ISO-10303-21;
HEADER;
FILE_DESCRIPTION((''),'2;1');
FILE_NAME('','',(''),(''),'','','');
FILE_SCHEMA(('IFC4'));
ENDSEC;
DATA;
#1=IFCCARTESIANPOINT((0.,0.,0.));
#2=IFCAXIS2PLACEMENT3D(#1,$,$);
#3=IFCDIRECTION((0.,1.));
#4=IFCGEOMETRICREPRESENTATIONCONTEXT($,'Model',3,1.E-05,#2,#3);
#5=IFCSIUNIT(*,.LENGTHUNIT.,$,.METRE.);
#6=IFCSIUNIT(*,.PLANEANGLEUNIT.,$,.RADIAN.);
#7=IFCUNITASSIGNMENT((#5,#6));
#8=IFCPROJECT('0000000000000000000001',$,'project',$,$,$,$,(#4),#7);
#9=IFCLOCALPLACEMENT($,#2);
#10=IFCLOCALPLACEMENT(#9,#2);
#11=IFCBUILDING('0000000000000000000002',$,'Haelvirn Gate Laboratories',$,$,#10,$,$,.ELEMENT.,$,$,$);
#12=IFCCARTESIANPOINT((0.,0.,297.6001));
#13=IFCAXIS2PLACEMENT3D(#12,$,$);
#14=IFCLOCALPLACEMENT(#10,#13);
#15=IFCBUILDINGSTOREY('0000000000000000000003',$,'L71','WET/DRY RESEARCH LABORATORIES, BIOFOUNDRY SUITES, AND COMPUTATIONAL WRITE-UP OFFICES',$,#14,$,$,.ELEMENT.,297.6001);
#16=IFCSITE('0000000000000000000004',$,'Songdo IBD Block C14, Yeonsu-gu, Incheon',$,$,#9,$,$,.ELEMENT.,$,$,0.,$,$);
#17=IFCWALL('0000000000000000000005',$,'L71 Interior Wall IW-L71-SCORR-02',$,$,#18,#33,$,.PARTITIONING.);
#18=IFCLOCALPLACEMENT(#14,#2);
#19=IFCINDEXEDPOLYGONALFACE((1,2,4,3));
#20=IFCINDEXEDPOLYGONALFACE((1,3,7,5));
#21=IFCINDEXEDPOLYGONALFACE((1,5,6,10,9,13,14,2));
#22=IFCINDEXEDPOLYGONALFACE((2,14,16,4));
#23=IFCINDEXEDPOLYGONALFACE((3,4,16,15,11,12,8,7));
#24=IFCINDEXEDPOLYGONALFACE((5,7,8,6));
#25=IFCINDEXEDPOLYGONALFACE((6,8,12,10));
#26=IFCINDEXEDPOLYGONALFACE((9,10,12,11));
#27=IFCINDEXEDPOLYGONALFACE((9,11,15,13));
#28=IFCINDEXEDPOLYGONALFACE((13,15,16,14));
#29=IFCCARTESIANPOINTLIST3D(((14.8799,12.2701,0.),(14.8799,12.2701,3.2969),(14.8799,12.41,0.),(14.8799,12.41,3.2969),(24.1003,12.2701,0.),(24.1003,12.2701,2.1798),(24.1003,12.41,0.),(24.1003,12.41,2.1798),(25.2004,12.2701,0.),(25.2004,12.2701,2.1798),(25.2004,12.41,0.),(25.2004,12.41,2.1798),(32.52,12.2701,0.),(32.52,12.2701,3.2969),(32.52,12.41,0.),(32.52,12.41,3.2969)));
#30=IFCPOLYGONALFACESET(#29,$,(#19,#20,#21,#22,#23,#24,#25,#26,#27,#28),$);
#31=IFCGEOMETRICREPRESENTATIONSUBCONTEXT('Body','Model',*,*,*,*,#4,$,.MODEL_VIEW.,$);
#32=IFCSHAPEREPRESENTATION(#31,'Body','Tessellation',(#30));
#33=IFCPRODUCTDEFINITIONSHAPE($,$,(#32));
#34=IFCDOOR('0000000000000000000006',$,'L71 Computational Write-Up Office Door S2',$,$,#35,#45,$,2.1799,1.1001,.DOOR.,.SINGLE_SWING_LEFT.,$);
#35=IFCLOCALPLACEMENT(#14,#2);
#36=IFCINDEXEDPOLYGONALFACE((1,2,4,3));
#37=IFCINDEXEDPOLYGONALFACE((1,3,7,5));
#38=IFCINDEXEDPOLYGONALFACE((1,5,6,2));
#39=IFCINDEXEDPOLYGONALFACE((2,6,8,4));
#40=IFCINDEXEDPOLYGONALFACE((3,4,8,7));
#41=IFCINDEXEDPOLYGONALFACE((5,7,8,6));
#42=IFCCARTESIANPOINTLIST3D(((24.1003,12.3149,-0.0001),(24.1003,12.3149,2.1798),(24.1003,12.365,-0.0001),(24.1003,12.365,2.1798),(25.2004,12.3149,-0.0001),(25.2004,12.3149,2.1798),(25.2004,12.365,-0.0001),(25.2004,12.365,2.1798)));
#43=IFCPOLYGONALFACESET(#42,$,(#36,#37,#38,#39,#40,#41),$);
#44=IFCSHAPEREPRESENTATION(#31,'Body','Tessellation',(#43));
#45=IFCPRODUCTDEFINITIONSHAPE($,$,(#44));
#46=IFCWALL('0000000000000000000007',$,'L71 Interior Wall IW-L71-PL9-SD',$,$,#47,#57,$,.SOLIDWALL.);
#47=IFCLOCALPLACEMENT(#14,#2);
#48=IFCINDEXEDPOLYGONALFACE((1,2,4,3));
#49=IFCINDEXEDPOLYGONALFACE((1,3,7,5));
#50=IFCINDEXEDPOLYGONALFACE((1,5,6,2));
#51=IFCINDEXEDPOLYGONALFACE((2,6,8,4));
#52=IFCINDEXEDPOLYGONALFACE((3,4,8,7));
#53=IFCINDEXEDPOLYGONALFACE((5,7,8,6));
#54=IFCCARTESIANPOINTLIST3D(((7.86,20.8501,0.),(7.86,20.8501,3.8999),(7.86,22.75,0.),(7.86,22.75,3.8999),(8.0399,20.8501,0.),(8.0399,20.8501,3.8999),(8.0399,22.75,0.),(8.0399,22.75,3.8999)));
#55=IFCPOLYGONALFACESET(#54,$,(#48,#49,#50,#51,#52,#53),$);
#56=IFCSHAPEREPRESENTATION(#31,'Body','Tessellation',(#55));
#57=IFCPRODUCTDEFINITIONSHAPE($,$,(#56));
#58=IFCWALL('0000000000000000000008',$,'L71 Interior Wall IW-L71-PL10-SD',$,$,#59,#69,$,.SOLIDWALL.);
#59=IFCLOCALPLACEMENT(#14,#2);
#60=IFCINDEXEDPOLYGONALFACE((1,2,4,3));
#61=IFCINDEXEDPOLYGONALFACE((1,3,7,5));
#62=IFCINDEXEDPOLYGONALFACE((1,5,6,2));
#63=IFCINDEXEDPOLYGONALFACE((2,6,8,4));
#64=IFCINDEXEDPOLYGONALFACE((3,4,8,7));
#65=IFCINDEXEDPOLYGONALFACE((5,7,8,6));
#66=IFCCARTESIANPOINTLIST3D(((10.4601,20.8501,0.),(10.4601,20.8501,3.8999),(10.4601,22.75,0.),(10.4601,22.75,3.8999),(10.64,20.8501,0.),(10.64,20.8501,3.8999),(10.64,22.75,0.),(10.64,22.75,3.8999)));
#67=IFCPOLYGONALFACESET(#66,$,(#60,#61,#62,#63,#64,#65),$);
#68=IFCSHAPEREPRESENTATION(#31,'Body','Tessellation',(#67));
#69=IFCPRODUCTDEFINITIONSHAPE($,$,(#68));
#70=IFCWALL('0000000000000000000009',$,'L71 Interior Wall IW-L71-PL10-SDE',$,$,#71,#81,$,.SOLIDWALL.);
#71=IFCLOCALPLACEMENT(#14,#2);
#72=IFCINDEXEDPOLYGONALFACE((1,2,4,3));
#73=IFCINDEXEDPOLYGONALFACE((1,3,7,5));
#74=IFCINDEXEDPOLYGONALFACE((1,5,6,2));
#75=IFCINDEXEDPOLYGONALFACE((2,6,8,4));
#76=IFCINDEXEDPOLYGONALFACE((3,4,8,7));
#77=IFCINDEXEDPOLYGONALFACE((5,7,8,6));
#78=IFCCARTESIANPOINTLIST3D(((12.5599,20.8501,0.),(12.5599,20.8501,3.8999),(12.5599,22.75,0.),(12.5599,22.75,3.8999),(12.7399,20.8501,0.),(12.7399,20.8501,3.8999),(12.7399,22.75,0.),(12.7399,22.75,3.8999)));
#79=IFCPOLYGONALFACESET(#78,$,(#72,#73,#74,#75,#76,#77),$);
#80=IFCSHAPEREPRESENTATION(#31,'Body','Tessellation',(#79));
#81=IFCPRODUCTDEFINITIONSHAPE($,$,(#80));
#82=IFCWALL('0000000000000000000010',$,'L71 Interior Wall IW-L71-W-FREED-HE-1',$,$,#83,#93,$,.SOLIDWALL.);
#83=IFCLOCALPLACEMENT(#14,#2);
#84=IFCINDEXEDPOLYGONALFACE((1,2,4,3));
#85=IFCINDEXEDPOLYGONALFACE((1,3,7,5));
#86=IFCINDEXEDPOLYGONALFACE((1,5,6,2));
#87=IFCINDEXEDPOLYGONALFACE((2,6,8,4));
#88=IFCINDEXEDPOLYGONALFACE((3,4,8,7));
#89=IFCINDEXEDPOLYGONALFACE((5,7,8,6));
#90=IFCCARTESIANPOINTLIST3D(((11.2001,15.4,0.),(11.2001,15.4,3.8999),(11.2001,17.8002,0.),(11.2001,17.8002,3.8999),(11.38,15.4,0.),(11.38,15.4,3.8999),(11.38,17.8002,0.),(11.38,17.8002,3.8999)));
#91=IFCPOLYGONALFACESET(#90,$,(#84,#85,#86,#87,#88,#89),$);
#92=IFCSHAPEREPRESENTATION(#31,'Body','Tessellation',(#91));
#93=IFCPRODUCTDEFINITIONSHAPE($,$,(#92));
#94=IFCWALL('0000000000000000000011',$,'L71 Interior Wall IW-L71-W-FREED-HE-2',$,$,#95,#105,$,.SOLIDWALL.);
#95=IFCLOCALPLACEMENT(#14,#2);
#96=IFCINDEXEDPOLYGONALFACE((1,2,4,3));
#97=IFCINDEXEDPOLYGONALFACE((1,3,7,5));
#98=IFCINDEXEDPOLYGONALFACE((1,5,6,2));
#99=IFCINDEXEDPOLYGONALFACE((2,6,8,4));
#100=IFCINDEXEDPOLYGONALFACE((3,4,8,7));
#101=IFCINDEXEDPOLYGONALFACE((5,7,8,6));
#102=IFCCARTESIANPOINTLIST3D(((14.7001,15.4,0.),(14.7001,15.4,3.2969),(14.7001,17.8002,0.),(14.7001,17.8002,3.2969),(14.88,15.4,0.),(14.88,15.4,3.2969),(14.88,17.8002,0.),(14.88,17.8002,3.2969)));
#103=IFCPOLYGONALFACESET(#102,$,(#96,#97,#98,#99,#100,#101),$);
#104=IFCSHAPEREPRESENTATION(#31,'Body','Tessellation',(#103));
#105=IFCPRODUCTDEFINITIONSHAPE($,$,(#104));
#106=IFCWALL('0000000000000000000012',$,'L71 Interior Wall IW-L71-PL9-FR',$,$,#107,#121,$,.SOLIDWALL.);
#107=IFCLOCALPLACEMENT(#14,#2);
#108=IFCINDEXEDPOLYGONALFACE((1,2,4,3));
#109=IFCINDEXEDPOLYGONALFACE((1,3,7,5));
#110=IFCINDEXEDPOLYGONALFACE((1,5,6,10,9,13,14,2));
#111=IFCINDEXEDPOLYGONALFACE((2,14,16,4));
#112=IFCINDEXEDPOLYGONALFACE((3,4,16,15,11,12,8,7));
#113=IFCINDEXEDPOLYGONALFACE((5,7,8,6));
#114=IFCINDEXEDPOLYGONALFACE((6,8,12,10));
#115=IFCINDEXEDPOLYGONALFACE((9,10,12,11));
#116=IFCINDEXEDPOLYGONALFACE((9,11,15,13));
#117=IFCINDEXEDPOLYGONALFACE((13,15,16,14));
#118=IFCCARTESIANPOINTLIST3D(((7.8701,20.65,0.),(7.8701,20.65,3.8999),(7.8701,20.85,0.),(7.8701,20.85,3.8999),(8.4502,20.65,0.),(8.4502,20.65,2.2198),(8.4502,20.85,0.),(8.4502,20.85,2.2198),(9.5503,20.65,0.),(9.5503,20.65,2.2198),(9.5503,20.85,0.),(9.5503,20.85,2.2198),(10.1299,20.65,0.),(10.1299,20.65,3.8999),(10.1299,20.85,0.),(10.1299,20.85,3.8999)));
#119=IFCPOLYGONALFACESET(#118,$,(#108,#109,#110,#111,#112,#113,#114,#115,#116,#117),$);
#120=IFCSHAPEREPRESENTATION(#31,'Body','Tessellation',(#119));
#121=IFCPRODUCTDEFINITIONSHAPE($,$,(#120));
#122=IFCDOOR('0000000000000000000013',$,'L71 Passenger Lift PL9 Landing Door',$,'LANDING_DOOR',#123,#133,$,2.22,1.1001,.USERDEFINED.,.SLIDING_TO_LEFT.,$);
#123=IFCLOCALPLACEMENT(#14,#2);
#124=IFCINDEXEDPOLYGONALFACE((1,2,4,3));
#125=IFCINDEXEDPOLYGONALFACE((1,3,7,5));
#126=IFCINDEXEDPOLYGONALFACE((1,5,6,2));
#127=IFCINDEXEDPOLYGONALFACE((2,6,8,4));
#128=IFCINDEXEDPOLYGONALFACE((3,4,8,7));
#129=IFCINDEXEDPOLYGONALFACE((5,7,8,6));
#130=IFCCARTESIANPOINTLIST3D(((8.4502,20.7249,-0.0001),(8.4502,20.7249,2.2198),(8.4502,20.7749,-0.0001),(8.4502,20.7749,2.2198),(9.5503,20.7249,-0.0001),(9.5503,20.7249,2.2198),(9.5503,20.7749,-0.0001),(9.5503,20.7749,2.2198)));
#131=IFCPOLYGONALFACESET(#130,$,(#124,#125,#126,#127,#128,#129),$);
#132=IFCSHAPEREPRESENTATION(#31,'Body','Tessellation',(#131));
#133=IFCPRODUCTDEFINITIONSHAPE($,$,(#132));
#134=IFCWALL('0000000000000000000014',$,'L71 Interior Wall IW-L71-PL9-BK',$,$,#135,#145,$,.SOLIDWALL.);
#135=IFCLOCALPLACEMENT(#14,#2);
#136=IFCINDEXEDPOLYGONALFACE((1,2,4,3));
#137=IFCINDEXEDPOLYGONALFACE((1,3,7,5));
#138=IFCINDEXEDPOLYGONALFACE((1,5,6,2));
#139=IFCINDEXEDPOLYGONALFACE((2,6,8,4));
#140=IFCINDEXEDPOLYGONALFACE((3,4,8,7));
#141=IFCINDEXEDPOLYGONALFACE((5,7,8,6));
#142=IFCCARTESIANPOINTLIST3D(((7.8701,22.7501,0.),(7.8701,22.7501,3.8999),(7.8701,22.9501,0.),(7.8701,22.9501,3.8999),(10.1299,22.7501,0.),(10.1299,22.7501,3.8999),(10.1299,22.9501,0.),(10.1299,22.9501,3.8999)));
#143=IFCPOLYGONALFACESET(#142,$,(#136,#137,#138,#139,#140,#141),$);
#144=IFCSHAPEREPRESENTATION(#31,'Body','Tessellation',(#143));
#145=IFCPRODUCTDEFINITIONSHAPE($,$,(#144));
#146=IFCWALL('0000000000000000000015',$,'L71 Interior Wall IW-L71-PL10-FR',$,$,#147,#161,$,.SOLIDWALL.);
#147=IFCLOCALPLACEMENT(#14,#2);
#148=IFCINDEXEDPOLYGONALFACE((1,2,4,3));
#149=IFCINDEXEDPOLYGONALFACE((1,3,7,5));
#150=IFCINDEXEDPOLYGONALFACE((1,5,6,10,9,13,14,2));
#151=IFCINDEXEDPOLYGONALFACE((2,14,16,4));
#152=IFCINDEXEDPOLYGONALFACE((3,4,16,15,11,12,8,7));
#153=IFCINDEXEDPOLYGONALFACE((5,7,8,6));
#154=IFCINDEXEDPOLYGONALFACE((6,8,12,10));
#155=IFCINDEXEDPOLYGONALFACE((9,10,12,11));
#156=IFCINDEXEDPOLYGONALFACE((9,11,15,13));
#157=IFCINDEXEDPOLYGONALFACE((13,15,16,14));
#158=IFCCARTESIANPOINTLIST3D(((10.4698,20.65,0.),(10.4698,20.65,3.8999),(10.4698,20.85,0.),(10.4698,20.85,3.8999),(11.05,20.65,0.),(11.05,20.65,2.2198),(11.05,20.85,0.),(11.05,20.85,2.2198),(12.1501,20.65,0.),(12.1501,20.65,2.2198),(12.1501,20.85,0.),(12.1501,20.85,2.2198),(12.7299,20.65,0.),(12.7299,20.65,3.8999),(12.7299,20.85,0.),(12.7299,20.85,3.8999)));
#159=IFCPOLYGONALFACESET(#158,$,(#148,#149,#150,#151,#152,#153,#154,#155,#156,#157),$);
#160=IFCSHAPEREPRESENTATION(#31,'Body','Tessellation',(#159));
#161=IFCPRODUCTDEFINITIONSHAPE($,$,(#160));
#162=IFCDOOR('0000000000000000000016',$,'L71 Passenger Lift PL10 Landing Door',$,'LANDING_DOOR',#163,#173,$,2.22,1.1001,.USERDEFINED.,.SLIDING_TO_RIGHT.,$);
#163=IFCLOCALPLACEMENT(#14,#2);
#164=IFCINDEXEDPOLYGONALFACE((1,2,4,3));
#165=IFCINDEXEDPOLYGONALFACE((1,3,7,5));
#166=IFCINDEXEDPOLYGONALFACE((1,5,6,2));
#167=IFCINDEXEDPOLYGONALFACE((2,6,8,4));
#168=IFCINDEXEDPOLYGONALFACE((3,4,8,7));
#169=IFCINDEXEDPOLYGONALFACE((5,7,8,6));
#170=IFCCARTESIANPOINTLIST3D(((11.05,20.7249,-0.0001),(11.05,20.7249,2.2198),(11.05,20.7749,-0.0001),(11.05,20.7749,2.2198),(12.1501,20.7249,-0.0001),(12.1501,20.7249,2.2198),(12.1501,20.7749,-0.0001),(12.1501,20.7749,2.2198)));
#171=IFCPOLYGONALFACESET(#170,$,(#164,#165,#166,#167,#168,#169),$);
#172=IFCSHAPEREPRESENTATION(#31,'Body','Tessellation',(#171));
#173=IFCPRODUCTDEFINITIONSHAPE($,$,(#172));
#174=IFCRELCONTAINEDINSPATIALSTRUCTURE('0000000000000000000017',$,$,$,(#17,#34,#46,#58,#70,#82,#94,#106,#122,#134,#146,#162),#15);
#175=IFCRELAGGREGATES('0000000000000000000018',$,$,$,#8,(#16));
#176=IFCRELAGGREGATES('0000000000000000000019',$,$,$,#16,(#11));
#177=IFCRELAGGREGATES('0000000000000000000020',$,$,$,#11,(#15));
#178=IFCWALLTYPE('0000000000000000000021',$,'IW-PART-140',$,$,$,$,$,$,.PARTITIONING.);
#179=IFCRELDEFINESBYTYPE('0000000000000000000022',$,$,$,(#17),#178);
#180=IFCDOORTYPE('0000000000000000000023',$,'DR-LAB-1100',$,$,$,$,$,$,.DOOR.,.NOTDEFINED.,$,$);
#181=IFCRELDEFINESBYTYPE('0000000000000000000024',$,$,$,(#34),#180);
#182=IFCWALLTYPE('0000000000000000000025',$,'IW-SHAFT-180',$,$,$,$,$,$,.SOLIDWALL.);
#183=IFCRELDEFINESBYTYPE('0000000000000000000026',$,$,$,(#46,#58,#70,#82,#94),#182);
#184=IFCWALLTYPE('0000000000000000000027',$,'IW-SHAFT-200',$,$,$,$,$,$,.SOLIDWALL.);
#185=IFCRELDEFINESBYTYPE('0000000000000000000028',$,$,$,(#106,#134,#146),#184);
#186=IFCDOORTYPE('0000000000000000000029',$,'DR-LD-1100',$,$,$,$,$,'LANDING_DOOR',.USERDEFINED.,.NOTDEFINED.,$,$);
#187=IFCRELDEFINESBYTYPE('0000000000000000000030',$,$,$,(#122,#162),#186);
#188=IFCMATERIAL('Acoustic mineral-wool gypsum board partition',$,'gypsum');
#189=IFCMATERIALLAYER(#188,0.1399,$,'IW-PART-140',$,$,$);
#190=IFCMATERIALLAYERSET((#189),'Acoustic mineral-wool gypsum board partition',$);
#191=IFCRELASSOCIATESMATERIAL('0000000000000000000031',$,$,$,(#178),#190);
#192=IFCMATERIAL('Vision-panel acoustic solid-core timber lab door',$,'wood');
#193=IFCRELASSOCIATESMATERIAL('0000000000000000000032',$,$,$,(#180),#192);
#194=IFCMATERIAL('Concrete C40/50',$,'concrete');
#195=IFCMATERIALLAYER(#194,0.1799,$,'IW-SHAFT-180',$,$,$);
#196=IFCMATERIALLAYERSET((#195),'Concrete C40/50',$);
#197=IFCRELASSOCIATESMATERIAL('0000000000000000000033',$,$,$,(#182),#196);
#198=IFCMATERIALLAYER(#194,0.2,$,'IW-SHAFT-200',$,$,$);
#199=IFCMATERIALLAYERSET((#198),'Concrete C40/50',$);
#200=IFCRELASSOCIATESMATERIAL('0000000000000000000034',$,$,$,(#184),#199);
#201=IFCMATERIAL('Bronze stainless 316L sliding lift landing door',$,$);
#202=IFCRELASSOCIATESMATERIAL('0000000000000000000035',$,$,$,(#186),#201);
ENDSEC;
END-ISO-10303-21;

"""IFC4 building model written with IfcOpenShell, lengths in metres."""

from ifc_helpers import new_model, si_unit, direction, frame, frame_2d, origin, place, context, subcontext, project, spatial, rectangle, extrude, source, transform, mapped, material, layer, layer_set, type_object, type_shapes, element, fill, save


model = new_model("IFC4")

# Units and contexts
model_context = context("Model", 3, precision=1e-05, world=origin(), true_north=direction((0.0, 1.0)))
body_context = subcontext(model_context, "Body", "Model", "MODEL_VIEW")
ifc_project = project(units=[si_unit("LENGTHUNIT", "METRE"), si_unit("PLANEANGLEUNIT", "RADIAN")], contexts=[model_context])

# Site, building, storey
site_placement = place(None, origin())
site = spatial("IfcSite", under=ifc_project, at=site_placement, Name="Songdo IBD Block C14, Yeonsu-gu, Incheon", CompositionType="ELEMENT", RefElevation=0.0)
building_placement = place(site_placement, origin())
building = spatial("IfcBuilding", under=site, at=building_placement, Name="Haelvirn Gate Laboratories", CompositionType="ELEMENT")
storey_placement = place(building_placement, frame((0.0, 0.0, 297.6001)))
storey = spatial("IfcBuildingStorey", under=building, at=storey_placement, Name="L71", Description="WET/DRY RESEARCH LABORATORIES, BIOFOUNDRY SUITES, AND COMPUTATIONAL WRITE-UP OFFICES", CompositionType="ELEMENT", Elevation=297.6001)

# Wall, opening, door
ifc_material_1 = material(Name="Acoustic mineral-wool gypsum board partition", Category="gypsum")
ifc_layer_1 = layer(ifc_material_1, 0.1399, Name="IW-PART-140")
ifc_layer_set_1 = layer_set([ifc_layer_1], Name="Acoustic mineral-wool gypsum board partition")
wall_type_1 = type_object("IfcWallType", Name="IW-PART-140", PredefinedType="PARTITIONING", material=ifc_layer_set_1)
ifc_material_2 = material(Name="Vision-panel acoustic solid-core timber lab door", Category="wood")
door_type_1 = type_object("IfcDoorType", Name="DR-LAB-1100", OperationType="NOTDEFINED", PredefinedType="DOOR", material=ifc_material_2)
shared_shape_1 = source(origin(), body_context, "Body", "SweptSolid", [
    extrude(rectangle(XDim=1.1001, YDim=2.1799, at=frame_2d((0.55, 1.0898))), frame((0.0, 0.0249, 0.0), z_axis=(0.0, -1.0, 0.0), x_axis=(1.0, 0.0, 0.0)), (0.0, 0.0, 1.0), 0.05),
])
type_shapes(door_type_1, [shared_shape_1])
wall_1_placement = place(storey_placement, frame((14.8799, 12.3401, 0.0), z_axis=(0.0, 0.0, 1.0), x_axis=(1.0, 0.0, 0.0)))
wall_1 = element("IfcWall", 1, at=wall_1_placement, inside=storey, type_object=wall_type_1, Name="L71 Interior Wall IW-L71-SCORR-02", PredefinedType="PARTITIONING", context=body_context, shape_type="SweptSolid", body=[
    extrude(rectangle(XDim=17.6401, YDim=0.1399, at=frame_2d((8.8201, 0.0))), origin(), (0.0, 0.0, 1.0), 3.2969),
])
opening_1_placement = place(wall_1_placement, frame((9.2205, 0.0, 0.0)))
opening_1 = element("IfcOpeningElement", 2, at=opening_1_placement, cuts=wall_1, PredefinedType="OPENING", context=body_context, shape_type="SweptSolid", body=[
    extrude(rectangle(XDim=1.1001, YDim=2.1799, at=frame_2d((0.55, 1.0898))), frame((0.0, 0.0801, 0.0), z_axis=(0.0, -1.0, 0.0), x_axis=(1.0, 0.0, 0.0)), (0.0, 0.0, 1.0), 0.1599),
])
door_1_placement = place(opening_1_placement, origin())
door_1 = element("IfcDoor", 3, at=door_1_placement, inside=storey, type_object=door_type_1, Name="L71 Computational Write-Up Office Door S2", OperationType="SINGLE_SWING_LEFT", OverallHeight=2.1799, OverallWidth=1.1001, PredefinedType="DOOR", context=body_context, shape_type="MappedRepresentation", body=[
    mapped(shared_shape_1, transform((0.0, 0.0, 0.0), scale=1.0)),
])
fill(opening_1, door_1)

# Walls
ifc_material_3 = material(Name="Concrete C40/50", Category="concrete")
ifc_layer_2 = layer(ifc_material_3, 0.1799, Name="IW-SHAFT-180")
ifc_layer_set_2 = layer_set([ifc_layer_2], Name="Concrete C40/50")
wall_type_2 = type_object("IfcWallType", Name="IW-SHAFT-180", PredefinedType="SOLIDWALL", material=ifc_layer_set_2)
for number, where, z_axis, x_axis, name in (
    (4, (7.95, 20.8501, 0.0), (0.0, 0.0, 1.0), (0.0, 1.0, 0.0), "L71 Interior Wall IW-L71-PL9-SD"),
    (5, (10.55, 20.8501, 0.0), (0.0, 0.0, 1.0), (0.0, 1.0, 0.0), "L71 Interior Wall IW-L71-PL10-SD"),
    (6, (12.6499, 20.8501, 0.0), (0.0, 0.0, 1.0), (0.0, 1.0, 0.0), "L71 Interior Wall IW-L71-PL10-SDE"),
):
    element("IfcWall", number, at=place(storey_placement, frame(where, z_axis=z_axis, x_axis=x_axis)), inside=storey, type_object=wall_type_2, Name=name, PredefinedType="SOLIDWALL", context=body_context, shape_type="SweptSolid", body=[
        extrude(rectangle(XDim=1.8999, YDim=0.1799, at=frame_2d((0.95, 0.0))), origin(), (0.0, 0.0, 1.0), 3.8999),
    ])

# Wall
wall_2_placement = place(storey_placement, frame((11.29, 15.3999, 0.0), z_axis=(0.0, 0.0, 1.0), x_axis=(0.0, 1.0, 0.0)))
element("IfcWall", 7, at=wall_2_placement, inside=storey, type_object=wall_type_2, Name="L71 Interior Wall IW-L71-W-FREED-HE-1", PredefinedType="SOLIDWALL", context=body_context, shape_type="SweptSolid", body=[
    extrude(rectangle(XDim=2.4001, YDim=0.1799, at=frame_2d((1.2002, 0.0))), origin(), (0.0, 0.0, 1.0), 3.8999),
])

# Wall
wall_3_placement = place(storey_placement, frame((14.79, 15.3999, 0.0), z_axis=(0.0, 0.0, 1.0), x_axis=(0.0, 1.0, 0.0)))
element("IfcWall", 8, at=wall_3_placement, inside=storey, type_object=wall_type_2, Name="L71 Interior Wall IW-L71-W-FREED-HE-2", PredefinedType="SOLIDWALL", context=body_context, shape_type="SweptSolid", body=[
    extrude(rectangle(XDim=2.4001, YDim=0.1799, at=frame_2d((1.2002, 0.0))), origin(), (0.0, 0.0, 1.0), 3.2969),
])

# Wall, opening, door
ifc_layer_3 = layer(ifc_material_3, 0.2, Name="IW-SHAFT-200")
ifc_layer_set_3 = layer_set([ifc_layer_3], Name="Concrete C40/50")
wall_type_3 = type_object("IfcWallType", Name="IW-SHAFT-200", PredefinedType="SOLIDWALL", material=ifc_layer_set_3)
wall_4_placement = place(storey_placement, frame((7.8701, 20.75, 0.0), z_axis=(0.0, 0.0, 1.0), x_axis=(1.0, 0.0, 0.0)))
wall_4 = element("IfcWall", 9, at=wall_4_placement, inside=storey, type_object=wall_type_3, Name="L71 Interior Wall IW-L71-PL9-FR", PredefinedType="SOLIDWALL", context=body_context, shape_type="SweptSolid", body=[
    extrude(rectangle(XDim=2.2598, YDim=0.2, at=frame_2d((1.1299, 0.0))), origin(), (0.0, 0.0, 1.0), 3.8999),
])
opening_2_placement = place(wall_4_placement, frame((0.5801, 0.0, 0.0)))
opening_2 = element("IfcOpeningElement", 10, at=opening_2_placement, cuts=wall_4, PredefinedType="OPENING", context=body_context, shape_type="SweptSolid", body=[
    extrude(rectangle(XDim=1.1001, YDim=2.22, at=frame_2d((0.55, 1.1099))), frame((0.0, 0.1099, 0.0), z_axis=(0.0, -1.0, 0.0), x_axis=(1.0, 0.0, 0.0)), (0.0, 0.0, 1.0), 0.22),
])
ifc_material_4 = material(Name="Bronze stainless 316L sliding lift landing door")
door_type_2 = type_object("IfcDoorType", Name="DR-LD-1100", ElementType="LANDING_DOOR", OperationType="NOTDEFINED", PredefinedType="USERDEFINED", material=ifc_material_4)
shared_shape_2 = source(origin(), body_context, "Body", "SweptSolid", [
    extrude(rectangle(XDim=1.1001, YDim=2.22, at=frame_2d((0.55, 1.1099))), frame((0.0, 0.0249, 0.0), z_axis=(0.0, -1.0, 0.0), x_axis=(1.0, 0.0, 0.0)), (0.0, 0.0, 1.0), 0.05),
])
type_shapes(door_type_2, [shared_shape_2])
door_2_placement = place(opening_2_placement, origin())
door_2 = element("IfcDoor", 11, at=door_2_placement, inside=storey, type_object=door_type_2, Name="L71 Passenger Lift PL9 Landing Door", ObjectType="LANDING_DOOR", OperationType="SLIDING_TO_LEFT", OverallHeight=2.22, OverallWidth=1.1001, PredefinedType="USERDEFINED", context=body_context, shape_type="MappedRepresentation", body=[
    mapped(shared_shape_2, transform((0.0, 0.0, 0.0), scale=1.0)),
])
fill(opening_2, door_2)

# Wall
wall_5_placement = place(storey_placement, frame((7.8701, 22.8501, 0.0), z_axis=(0.0, 0.0, 1.0), x_axis=(1.0, 0.0, 0.0)))
element("IfcWall", 12, at=wall_5_placement, inside=storey, type_object=wall_type_3, Name="L71 Interior Wall IW-L71-PL9-BK", PredefinedType="SOLIDWALL", context=body_context, shape_type="SweptSolid", body=[
    extrude(rectangle(XDim=2.2598, YDim=0.2, at=frame_2d((1.1299, 0.0))), origin(), (0.0, 0.0, 1.0), 3.8999),
])

# Wall, opening, door
wall_6_placement = place(storey_placement, frame((10.47, 20.75, 0.0), z_axis=(0.0, 0.0, 1.0), x_axis=(1.0, 0.0, 0.0)))
wall_6 = element("IfcWall", 13, at=wall_6_placement, inside=storey, type_object=wall_type_3, Name="L71 Interior Wall IW-L71-PL10-FR", PredefinedType="SOLIDWALL", context=body_context, shape_type="SweptSolid", body=[
    extrude(rectangle(XDim=2.26, YDim=0.2, at=frame_2d((1.1299, 0.0))), origin(), (0.0, 0.0, 1.0), 3.8999),
])
opening_3_placement = place(wall_6_placement, frame((0.5801, 0.0, 0.0)))
opening_3 = element("IfcOpeningElement", 14, at=opening_3_placement, cuts=wall_6, PredefinedType="OPENING", context=body_context, shape_type="SweptSolid", body=[
    extrude(rectangle(XDim=1.1001, YDim=2.22, at=frame_2d((0.55, 1.1099))), frame((0.0, 0.1099, 0.0), z_axis=(0.0, -1.0, 0.0), x_axis=(1.0, 0.0, 0.0)), (0.0, 0.0, 1.0), 0.22),
])
door_3_placement = place(opening_3_placement, origin())
door_3 = element("IfcDoor", 15, at=door_3_placement, inside=storey, type_object=door_type_2, Name="L71 Passenger Lift PL10 Landing Door", ObjectType="LANDING_DOOR", OperationType="SLIDING_TO_RIGHT", OverallHeight=2.22, OverallWidth=1.1001, PredefinedType="USERDEFINED", context=body_context, shape_type="MappedRepresentation", body=[
    mapped(shared_shape_2, transform((0.0, 0.0, 0.0), scale=1.0)),
])
fill(opening_3, door_3)

save(model, "model.ifc")
